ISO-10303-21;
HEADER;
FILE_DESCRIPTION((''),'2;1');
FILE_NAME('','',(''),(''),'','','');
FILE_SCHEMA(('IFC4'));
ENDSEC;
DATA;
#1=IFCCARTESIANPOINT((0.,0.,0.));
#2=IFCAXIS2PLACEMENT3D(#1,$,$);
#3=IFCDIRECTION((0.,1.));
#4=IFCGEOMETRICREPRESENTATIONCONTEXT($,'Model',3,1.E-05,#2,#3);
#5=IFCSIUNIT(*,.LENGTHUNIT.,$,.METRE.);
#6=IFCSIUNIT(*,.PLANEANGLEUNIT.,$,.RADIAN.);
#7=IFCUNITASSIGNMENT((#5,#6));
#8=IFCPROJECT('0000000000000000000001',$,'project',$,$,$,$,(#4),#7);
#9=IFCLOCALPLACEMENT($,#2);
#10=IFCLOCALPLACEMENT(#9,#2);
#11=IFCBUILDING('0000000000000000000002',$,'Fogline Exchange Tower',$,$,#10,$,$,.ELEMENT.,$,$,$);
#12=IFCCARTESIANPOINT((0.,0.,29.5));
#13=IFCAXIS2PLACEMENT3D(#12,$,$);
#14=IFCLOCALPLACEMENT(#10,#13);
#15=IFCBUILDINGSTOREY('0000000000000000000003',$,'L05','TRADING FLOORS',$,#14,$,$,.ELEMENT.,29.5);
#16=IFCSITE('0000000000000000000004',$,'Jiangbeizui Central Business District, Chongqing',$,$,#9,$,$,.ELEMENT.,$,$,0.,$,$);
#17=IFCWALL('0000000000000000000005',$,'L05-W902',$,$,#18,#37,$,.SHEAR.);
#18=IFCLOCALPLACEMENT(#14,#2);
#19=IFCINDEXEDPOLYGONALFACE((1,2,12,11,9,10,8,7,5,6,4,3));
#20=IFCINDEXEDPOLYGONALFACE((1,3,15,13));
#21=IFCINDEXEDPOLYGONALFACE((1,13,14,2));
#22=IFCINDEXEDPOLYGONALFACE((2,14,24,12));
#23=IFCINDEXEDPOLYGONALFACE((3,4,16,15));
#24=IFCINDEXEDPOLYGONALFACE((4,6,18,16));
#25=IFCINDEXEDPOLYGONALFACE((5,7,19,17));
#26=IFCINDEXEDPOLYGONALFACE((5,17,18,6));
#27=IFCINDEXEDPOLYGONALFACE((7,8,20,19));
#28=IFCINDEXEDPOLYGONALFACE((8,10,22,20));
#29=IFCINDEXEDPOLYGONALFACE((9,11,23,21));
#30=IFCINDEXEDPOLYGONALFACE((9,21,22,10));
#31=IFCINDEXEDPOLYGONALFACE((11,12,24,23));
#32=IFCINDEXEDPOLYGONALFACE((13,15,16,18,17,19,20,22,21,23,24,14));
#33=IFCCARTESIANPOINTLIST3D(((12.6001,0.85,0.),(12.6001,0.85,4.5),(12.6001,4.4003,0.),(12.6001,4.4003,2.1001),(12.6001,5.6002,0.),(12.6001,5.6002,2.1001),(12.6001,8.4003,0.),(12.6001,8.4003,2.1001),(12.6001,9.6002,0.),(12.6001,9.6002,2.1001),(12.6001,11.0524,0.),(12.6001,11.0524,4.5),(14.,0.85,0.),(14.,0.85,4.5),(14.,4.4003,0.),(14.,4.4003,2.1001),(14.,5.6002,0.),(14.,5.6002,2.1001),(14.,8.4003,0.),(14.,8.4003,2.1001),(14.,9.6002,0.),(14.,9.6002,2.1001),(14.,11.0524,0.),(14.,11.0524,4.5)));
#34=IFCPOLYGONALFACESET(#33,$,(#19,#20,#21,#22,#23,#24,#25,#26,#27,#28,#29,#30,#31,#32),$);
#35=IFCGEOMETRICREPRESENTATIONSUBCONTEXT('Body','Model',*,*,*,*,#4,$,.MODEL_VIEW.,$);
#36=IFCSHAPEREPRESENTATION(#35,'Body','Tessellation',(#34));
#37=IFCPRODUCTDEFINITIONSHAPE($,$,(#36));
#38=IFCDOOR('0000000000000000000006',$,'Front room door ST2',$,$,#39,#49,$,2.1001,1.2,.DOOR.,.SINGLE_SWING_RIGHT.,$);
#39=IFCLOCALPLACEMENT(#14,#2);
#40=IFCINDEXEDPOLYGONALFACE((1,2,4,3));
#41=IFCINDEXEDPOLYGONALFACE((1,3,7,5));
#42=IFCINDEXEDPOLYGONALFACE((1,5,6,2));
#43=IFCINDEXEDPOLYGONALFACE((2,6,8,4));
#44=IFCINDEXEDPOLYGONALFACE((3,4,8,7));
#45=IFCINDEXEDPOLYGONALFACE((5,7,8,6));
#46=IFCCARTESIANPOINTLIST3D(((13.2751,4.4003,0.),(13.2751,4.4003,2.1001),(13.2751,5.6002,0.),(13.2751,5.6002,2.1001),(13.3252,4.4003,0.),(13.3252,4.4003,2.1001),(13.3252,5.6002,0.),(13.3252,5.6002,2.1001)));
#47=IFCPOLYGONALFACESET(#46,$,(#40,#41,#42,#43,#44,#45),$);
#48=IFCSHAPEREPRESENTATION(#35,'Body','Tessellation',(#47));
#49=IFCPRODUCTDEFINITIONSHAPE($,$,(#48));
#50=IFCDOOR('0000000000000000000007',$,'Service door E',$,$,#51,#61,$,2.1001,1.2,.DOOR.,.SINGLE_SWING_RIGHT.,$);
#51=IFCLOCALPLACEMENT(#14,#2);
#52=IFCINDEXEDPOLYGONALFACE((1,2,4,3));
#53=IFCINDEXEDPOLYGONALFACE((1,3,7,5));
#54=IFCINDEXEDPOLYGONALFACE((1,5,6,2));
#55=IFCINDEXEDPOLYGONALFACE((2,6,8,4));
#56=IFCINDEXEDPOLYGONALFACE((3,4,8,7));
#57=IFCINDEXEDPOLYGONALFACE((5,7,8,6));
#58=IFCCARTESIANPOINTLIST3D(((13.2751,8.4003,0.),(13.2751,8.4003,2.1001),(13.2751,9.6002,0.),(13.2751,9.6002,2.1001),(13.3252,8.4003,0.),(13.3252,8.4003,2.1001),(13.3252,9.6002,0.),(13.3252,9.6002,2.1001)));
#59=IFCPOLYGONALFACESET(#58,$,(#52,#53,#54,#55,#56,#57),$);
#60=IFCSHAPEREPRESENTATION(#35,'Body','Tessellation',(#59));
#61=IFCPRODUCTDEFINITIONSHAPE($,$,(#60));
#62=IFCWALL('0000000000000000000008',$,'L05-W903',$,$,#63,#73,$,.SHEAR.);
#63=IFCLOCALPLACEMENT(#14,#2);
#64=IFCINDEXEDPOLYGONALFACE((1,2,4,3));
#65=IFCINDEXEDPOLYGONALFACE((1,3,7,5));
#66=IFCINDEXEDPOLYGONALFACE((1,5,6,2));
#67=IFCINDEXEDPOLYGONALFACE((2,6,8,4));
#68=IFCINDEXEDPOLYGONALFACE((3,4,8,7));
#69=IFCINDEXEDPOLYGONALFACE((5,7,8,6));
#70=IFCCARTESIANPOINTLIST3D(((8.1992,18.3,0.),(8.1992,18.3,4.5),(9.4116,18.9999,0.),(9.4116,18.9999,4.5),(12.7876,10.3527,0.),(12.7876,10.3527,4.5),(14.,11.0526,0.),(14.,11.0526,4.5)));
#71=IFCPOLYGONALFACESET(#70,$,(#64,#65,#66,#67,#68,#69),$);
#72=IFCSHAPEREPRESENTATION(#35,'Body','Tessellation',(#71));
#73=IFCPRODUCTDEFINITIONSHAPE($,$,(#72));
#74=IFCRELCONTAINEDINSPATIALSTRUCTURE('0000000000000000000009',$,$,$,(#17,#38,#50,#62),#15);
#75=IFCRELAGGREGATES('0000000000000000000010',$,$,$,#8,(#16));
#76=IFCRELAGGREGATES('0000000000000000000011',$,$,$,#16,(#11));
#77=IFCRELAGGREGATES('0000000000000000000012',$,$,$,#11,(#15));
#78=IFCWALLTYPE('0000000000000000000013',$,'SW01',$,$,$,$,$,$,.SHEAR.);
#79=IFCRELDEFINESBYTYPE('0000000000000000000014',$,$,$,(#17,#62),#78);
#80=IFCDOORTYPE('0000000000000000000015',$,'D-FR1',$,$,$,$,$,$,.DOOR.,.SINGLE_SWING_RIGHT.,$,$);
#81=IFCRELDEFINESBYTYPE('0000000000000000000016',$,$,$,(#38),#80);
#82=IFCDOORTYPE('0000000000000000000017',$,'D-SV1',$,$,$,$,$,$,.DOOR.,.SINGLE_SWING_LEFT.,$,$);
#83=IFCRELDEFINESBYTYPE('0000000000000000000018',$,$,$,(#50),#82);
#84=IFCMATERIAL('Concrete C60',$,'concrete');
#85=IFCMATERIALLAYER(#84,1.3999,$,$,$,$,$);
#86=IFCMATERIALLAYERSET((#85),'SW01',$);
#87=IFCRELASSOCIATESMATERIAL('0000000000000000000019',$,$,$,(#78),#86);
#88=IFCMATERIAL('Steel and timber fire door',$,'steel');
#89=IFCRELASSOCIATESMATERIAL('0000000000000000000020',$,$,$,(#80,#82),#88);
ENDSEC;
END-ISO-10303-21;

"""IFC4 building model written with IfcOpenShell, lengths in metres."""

from ifc_helpers import new_model, si_unit, direction, frame, frame_2d, origin, place, context, subcontext, project, spatial, rectangle, extrude, material, layer, layer_set, type_object, element, fill, save


model = new_model("IFC4")

# Units and contexts
model_context = context("Model", 3, precision=1e-05, world=origin(), true_north=direction((0.0, 1.0)))
body_context = subcontext(model_context, "Body", "Model", "MODEL_VIEW")
ifc_project = project(units=[si_unit("LENGTHUNIT", "METRE"), si_unit("PLANEANGLEUNIT", "RADIAN")], contexts=[model_context])

# Site, building, storey
site_placement = place(None, origin())
site = spatial("IfcSite", under=ifc_project, at=site_placement, Name="Jiangbeizui Central Business District, Chongqing", CompositionType="ELEMENT", RefElevation=0.0)
building_placement = place(site_placement, origin())
building = spatial("IfcBuilding", under=site, at=building_placement, Name="Fogline Exchange Tower", CompositionType="ELEMENT")
storey_placement = place(building_placement, frame((0.0, 0.0, 29.5)))
storey = spatial("IfcBuildingStorey", under=building, at=storey_placement, Name="L05", Description="TRADING FLOORS", CompositionType="ELEMENT", Elevation=29.5)

# Shared definitions
ifc_material_1 = material(Name="Steel and timber fire door", Category="steel")

# Wall, openings, doors
ifc_material_2 = material(Name="Concrete C60", Category="concrete")
ifc_layer_1 = layer(ifc_material_2, 1.3999)
ifc_layer_set_1 = layer_set([ifc_layer_1], Name="SW01")
wall_type_1 = type_object("IfcWallType", Name="SW01", PredefinedType="SHEAR", material=ifc_layer_set_1)
wall_1_placement = place(storey_placement, frame((13.3, 0.8501, 0.0), z_axis=(0.0, 0.0, 1.0), x_axis=(0.0, 1.0, 0.0)))
wall_1 = element("IfcWall", 1, at=wall_1_placement, inside=storey, type_object=wall_type_1, Name="L05-W902", PredefinedType="SHEAR", context=body_context, shape_type="SweptSolid", body=[
    extrude(rectangle(XDim=10.2024, YDim=1.3999, at=frame_2d((5.1011, 0.0))), origin(), (0.0, 0.0, 1.0), 4.5),
])
opening_1_placement = place(wall_1_placement, frame((3.55, 0.0, 0.0)))
opening_1 = element("IfcOpeningElement", 2, at=opening_1_placement, cuts=wall_1, PredefinedType="OPENING", context=body_context, shape_type="SweptSolid", body=[
    extrude(rectangle(XDim=1.2, YDim=2.1001, at=frame_2d((0.6001, 1.05))), frame((0.0, 0.71, 0.0), z_axis=(0.0, -1.0, 0.0), x_axis=(1.0, 0.0, 0.0)), (0.0, 0.0, 1.0), 1.4199),
])
opening_2_placement = place(wall_1_placement, frame((7.55, 0.0, 0.0)))
opening_2 = element("IfcOpeningElement", 3, at=opening_2_placement, cuts=wall_1, PredefinedType="OPENING", context=body_context, shape_type="SweptSolid", body=[
    extrude(rectangle(XDim=1.2, YDim=2.1001, at=frame_2d((0.6001, 1.05))), frame((0.0, 0.71, 0.0), z_axis=(0.0, -1.0, 0.0), x_axis=(1.0, 0.0, 0.0)), (0.0, 0.0, 1.0), 1.4199),
])
door_type_1 = type_object("IfcDoorType", Name="D-FR1", OperationType="SINGLE_SWING_RIGHT", PredefinedType="DOOR", material=ifc_material_1)
door_1_placement = place(opening_1_placement, origin())
door_1 = element("IfcDoor", 4, at=door_1_placement, inside=storey, type_object=door_type_1, Name="Front room door ST2", OperationType="SINGLE_SWING_RIGHT", OverallHeight=2.1001, OverallWidth=1.2, PredefinedType="DOOR", context=body_context, shape_type="SweptSolid", body=[
    extrude(rectangle(XDim=1.2, YDim=2.1001, at=frame_2d((0.6001, 1.05))), frame((0.0, 0.0249, 0.0), z_axis=(0.0, -1.0, 0.0), x_axis=(1.0, 0.0, 0.0)), (0.0, 0.0, 1.0), 0.05),
])
fill(opening_1, door_1)
door_type_2 = type_object("IfcDoorType", Name="D-SV1", OperationType="SINGLE_SWING_LEFT", PredefinedType="DOOR", material=ifc_material_1)
door_2_placement = place(opening_2_placement, origin())
door_2 = element("IfcDoor", 5, at=door_2_placement, inside=storey, type_object=door_type_2, Name="Service door E", OperationType="SINGLE_SWING_RIGHT", OverallHeight=2.1001, OverallWidth=1.2, PredefinedType="DOOR", context=body_context, shape_type="SweptSolid", body=[
    extrude(rectangle(XDim=1.2, YDim=2.1001, at=frame_2d((0.6001, 1.05))), frame((0.0, 0.0249, 0.0), z_axis=(0.0, -1.0, 0.0), x_axis=(1.0, 0.0, 0.0)), (0.0, 0.0, 1.0), 0.05),
])
fill(opening_2, door_2)

# Wall
wall_2_placement = place(storey_placement, frame((13.3938, 10.7026, 0.0), z_axis=(0.0, 0.0, 1.0), x_axis=(-0.500002, 0.866024, 0.0)))
element("IfcWall", 6, at=wall_2_placement, inside=storey, type_object=wall_type_1, Name="L05-W903", PredefinedType="SHEAR", context=body_context, shape_type="SweptSolid", body=[
    extrude(rectangle(XDim=9.1768, YDim=1.3999, at=frame_2d((4.5884, 0.0))), origin(), (0.0, 0.0, 1.0), 4.5),
])

save(model, "model.ifc")
